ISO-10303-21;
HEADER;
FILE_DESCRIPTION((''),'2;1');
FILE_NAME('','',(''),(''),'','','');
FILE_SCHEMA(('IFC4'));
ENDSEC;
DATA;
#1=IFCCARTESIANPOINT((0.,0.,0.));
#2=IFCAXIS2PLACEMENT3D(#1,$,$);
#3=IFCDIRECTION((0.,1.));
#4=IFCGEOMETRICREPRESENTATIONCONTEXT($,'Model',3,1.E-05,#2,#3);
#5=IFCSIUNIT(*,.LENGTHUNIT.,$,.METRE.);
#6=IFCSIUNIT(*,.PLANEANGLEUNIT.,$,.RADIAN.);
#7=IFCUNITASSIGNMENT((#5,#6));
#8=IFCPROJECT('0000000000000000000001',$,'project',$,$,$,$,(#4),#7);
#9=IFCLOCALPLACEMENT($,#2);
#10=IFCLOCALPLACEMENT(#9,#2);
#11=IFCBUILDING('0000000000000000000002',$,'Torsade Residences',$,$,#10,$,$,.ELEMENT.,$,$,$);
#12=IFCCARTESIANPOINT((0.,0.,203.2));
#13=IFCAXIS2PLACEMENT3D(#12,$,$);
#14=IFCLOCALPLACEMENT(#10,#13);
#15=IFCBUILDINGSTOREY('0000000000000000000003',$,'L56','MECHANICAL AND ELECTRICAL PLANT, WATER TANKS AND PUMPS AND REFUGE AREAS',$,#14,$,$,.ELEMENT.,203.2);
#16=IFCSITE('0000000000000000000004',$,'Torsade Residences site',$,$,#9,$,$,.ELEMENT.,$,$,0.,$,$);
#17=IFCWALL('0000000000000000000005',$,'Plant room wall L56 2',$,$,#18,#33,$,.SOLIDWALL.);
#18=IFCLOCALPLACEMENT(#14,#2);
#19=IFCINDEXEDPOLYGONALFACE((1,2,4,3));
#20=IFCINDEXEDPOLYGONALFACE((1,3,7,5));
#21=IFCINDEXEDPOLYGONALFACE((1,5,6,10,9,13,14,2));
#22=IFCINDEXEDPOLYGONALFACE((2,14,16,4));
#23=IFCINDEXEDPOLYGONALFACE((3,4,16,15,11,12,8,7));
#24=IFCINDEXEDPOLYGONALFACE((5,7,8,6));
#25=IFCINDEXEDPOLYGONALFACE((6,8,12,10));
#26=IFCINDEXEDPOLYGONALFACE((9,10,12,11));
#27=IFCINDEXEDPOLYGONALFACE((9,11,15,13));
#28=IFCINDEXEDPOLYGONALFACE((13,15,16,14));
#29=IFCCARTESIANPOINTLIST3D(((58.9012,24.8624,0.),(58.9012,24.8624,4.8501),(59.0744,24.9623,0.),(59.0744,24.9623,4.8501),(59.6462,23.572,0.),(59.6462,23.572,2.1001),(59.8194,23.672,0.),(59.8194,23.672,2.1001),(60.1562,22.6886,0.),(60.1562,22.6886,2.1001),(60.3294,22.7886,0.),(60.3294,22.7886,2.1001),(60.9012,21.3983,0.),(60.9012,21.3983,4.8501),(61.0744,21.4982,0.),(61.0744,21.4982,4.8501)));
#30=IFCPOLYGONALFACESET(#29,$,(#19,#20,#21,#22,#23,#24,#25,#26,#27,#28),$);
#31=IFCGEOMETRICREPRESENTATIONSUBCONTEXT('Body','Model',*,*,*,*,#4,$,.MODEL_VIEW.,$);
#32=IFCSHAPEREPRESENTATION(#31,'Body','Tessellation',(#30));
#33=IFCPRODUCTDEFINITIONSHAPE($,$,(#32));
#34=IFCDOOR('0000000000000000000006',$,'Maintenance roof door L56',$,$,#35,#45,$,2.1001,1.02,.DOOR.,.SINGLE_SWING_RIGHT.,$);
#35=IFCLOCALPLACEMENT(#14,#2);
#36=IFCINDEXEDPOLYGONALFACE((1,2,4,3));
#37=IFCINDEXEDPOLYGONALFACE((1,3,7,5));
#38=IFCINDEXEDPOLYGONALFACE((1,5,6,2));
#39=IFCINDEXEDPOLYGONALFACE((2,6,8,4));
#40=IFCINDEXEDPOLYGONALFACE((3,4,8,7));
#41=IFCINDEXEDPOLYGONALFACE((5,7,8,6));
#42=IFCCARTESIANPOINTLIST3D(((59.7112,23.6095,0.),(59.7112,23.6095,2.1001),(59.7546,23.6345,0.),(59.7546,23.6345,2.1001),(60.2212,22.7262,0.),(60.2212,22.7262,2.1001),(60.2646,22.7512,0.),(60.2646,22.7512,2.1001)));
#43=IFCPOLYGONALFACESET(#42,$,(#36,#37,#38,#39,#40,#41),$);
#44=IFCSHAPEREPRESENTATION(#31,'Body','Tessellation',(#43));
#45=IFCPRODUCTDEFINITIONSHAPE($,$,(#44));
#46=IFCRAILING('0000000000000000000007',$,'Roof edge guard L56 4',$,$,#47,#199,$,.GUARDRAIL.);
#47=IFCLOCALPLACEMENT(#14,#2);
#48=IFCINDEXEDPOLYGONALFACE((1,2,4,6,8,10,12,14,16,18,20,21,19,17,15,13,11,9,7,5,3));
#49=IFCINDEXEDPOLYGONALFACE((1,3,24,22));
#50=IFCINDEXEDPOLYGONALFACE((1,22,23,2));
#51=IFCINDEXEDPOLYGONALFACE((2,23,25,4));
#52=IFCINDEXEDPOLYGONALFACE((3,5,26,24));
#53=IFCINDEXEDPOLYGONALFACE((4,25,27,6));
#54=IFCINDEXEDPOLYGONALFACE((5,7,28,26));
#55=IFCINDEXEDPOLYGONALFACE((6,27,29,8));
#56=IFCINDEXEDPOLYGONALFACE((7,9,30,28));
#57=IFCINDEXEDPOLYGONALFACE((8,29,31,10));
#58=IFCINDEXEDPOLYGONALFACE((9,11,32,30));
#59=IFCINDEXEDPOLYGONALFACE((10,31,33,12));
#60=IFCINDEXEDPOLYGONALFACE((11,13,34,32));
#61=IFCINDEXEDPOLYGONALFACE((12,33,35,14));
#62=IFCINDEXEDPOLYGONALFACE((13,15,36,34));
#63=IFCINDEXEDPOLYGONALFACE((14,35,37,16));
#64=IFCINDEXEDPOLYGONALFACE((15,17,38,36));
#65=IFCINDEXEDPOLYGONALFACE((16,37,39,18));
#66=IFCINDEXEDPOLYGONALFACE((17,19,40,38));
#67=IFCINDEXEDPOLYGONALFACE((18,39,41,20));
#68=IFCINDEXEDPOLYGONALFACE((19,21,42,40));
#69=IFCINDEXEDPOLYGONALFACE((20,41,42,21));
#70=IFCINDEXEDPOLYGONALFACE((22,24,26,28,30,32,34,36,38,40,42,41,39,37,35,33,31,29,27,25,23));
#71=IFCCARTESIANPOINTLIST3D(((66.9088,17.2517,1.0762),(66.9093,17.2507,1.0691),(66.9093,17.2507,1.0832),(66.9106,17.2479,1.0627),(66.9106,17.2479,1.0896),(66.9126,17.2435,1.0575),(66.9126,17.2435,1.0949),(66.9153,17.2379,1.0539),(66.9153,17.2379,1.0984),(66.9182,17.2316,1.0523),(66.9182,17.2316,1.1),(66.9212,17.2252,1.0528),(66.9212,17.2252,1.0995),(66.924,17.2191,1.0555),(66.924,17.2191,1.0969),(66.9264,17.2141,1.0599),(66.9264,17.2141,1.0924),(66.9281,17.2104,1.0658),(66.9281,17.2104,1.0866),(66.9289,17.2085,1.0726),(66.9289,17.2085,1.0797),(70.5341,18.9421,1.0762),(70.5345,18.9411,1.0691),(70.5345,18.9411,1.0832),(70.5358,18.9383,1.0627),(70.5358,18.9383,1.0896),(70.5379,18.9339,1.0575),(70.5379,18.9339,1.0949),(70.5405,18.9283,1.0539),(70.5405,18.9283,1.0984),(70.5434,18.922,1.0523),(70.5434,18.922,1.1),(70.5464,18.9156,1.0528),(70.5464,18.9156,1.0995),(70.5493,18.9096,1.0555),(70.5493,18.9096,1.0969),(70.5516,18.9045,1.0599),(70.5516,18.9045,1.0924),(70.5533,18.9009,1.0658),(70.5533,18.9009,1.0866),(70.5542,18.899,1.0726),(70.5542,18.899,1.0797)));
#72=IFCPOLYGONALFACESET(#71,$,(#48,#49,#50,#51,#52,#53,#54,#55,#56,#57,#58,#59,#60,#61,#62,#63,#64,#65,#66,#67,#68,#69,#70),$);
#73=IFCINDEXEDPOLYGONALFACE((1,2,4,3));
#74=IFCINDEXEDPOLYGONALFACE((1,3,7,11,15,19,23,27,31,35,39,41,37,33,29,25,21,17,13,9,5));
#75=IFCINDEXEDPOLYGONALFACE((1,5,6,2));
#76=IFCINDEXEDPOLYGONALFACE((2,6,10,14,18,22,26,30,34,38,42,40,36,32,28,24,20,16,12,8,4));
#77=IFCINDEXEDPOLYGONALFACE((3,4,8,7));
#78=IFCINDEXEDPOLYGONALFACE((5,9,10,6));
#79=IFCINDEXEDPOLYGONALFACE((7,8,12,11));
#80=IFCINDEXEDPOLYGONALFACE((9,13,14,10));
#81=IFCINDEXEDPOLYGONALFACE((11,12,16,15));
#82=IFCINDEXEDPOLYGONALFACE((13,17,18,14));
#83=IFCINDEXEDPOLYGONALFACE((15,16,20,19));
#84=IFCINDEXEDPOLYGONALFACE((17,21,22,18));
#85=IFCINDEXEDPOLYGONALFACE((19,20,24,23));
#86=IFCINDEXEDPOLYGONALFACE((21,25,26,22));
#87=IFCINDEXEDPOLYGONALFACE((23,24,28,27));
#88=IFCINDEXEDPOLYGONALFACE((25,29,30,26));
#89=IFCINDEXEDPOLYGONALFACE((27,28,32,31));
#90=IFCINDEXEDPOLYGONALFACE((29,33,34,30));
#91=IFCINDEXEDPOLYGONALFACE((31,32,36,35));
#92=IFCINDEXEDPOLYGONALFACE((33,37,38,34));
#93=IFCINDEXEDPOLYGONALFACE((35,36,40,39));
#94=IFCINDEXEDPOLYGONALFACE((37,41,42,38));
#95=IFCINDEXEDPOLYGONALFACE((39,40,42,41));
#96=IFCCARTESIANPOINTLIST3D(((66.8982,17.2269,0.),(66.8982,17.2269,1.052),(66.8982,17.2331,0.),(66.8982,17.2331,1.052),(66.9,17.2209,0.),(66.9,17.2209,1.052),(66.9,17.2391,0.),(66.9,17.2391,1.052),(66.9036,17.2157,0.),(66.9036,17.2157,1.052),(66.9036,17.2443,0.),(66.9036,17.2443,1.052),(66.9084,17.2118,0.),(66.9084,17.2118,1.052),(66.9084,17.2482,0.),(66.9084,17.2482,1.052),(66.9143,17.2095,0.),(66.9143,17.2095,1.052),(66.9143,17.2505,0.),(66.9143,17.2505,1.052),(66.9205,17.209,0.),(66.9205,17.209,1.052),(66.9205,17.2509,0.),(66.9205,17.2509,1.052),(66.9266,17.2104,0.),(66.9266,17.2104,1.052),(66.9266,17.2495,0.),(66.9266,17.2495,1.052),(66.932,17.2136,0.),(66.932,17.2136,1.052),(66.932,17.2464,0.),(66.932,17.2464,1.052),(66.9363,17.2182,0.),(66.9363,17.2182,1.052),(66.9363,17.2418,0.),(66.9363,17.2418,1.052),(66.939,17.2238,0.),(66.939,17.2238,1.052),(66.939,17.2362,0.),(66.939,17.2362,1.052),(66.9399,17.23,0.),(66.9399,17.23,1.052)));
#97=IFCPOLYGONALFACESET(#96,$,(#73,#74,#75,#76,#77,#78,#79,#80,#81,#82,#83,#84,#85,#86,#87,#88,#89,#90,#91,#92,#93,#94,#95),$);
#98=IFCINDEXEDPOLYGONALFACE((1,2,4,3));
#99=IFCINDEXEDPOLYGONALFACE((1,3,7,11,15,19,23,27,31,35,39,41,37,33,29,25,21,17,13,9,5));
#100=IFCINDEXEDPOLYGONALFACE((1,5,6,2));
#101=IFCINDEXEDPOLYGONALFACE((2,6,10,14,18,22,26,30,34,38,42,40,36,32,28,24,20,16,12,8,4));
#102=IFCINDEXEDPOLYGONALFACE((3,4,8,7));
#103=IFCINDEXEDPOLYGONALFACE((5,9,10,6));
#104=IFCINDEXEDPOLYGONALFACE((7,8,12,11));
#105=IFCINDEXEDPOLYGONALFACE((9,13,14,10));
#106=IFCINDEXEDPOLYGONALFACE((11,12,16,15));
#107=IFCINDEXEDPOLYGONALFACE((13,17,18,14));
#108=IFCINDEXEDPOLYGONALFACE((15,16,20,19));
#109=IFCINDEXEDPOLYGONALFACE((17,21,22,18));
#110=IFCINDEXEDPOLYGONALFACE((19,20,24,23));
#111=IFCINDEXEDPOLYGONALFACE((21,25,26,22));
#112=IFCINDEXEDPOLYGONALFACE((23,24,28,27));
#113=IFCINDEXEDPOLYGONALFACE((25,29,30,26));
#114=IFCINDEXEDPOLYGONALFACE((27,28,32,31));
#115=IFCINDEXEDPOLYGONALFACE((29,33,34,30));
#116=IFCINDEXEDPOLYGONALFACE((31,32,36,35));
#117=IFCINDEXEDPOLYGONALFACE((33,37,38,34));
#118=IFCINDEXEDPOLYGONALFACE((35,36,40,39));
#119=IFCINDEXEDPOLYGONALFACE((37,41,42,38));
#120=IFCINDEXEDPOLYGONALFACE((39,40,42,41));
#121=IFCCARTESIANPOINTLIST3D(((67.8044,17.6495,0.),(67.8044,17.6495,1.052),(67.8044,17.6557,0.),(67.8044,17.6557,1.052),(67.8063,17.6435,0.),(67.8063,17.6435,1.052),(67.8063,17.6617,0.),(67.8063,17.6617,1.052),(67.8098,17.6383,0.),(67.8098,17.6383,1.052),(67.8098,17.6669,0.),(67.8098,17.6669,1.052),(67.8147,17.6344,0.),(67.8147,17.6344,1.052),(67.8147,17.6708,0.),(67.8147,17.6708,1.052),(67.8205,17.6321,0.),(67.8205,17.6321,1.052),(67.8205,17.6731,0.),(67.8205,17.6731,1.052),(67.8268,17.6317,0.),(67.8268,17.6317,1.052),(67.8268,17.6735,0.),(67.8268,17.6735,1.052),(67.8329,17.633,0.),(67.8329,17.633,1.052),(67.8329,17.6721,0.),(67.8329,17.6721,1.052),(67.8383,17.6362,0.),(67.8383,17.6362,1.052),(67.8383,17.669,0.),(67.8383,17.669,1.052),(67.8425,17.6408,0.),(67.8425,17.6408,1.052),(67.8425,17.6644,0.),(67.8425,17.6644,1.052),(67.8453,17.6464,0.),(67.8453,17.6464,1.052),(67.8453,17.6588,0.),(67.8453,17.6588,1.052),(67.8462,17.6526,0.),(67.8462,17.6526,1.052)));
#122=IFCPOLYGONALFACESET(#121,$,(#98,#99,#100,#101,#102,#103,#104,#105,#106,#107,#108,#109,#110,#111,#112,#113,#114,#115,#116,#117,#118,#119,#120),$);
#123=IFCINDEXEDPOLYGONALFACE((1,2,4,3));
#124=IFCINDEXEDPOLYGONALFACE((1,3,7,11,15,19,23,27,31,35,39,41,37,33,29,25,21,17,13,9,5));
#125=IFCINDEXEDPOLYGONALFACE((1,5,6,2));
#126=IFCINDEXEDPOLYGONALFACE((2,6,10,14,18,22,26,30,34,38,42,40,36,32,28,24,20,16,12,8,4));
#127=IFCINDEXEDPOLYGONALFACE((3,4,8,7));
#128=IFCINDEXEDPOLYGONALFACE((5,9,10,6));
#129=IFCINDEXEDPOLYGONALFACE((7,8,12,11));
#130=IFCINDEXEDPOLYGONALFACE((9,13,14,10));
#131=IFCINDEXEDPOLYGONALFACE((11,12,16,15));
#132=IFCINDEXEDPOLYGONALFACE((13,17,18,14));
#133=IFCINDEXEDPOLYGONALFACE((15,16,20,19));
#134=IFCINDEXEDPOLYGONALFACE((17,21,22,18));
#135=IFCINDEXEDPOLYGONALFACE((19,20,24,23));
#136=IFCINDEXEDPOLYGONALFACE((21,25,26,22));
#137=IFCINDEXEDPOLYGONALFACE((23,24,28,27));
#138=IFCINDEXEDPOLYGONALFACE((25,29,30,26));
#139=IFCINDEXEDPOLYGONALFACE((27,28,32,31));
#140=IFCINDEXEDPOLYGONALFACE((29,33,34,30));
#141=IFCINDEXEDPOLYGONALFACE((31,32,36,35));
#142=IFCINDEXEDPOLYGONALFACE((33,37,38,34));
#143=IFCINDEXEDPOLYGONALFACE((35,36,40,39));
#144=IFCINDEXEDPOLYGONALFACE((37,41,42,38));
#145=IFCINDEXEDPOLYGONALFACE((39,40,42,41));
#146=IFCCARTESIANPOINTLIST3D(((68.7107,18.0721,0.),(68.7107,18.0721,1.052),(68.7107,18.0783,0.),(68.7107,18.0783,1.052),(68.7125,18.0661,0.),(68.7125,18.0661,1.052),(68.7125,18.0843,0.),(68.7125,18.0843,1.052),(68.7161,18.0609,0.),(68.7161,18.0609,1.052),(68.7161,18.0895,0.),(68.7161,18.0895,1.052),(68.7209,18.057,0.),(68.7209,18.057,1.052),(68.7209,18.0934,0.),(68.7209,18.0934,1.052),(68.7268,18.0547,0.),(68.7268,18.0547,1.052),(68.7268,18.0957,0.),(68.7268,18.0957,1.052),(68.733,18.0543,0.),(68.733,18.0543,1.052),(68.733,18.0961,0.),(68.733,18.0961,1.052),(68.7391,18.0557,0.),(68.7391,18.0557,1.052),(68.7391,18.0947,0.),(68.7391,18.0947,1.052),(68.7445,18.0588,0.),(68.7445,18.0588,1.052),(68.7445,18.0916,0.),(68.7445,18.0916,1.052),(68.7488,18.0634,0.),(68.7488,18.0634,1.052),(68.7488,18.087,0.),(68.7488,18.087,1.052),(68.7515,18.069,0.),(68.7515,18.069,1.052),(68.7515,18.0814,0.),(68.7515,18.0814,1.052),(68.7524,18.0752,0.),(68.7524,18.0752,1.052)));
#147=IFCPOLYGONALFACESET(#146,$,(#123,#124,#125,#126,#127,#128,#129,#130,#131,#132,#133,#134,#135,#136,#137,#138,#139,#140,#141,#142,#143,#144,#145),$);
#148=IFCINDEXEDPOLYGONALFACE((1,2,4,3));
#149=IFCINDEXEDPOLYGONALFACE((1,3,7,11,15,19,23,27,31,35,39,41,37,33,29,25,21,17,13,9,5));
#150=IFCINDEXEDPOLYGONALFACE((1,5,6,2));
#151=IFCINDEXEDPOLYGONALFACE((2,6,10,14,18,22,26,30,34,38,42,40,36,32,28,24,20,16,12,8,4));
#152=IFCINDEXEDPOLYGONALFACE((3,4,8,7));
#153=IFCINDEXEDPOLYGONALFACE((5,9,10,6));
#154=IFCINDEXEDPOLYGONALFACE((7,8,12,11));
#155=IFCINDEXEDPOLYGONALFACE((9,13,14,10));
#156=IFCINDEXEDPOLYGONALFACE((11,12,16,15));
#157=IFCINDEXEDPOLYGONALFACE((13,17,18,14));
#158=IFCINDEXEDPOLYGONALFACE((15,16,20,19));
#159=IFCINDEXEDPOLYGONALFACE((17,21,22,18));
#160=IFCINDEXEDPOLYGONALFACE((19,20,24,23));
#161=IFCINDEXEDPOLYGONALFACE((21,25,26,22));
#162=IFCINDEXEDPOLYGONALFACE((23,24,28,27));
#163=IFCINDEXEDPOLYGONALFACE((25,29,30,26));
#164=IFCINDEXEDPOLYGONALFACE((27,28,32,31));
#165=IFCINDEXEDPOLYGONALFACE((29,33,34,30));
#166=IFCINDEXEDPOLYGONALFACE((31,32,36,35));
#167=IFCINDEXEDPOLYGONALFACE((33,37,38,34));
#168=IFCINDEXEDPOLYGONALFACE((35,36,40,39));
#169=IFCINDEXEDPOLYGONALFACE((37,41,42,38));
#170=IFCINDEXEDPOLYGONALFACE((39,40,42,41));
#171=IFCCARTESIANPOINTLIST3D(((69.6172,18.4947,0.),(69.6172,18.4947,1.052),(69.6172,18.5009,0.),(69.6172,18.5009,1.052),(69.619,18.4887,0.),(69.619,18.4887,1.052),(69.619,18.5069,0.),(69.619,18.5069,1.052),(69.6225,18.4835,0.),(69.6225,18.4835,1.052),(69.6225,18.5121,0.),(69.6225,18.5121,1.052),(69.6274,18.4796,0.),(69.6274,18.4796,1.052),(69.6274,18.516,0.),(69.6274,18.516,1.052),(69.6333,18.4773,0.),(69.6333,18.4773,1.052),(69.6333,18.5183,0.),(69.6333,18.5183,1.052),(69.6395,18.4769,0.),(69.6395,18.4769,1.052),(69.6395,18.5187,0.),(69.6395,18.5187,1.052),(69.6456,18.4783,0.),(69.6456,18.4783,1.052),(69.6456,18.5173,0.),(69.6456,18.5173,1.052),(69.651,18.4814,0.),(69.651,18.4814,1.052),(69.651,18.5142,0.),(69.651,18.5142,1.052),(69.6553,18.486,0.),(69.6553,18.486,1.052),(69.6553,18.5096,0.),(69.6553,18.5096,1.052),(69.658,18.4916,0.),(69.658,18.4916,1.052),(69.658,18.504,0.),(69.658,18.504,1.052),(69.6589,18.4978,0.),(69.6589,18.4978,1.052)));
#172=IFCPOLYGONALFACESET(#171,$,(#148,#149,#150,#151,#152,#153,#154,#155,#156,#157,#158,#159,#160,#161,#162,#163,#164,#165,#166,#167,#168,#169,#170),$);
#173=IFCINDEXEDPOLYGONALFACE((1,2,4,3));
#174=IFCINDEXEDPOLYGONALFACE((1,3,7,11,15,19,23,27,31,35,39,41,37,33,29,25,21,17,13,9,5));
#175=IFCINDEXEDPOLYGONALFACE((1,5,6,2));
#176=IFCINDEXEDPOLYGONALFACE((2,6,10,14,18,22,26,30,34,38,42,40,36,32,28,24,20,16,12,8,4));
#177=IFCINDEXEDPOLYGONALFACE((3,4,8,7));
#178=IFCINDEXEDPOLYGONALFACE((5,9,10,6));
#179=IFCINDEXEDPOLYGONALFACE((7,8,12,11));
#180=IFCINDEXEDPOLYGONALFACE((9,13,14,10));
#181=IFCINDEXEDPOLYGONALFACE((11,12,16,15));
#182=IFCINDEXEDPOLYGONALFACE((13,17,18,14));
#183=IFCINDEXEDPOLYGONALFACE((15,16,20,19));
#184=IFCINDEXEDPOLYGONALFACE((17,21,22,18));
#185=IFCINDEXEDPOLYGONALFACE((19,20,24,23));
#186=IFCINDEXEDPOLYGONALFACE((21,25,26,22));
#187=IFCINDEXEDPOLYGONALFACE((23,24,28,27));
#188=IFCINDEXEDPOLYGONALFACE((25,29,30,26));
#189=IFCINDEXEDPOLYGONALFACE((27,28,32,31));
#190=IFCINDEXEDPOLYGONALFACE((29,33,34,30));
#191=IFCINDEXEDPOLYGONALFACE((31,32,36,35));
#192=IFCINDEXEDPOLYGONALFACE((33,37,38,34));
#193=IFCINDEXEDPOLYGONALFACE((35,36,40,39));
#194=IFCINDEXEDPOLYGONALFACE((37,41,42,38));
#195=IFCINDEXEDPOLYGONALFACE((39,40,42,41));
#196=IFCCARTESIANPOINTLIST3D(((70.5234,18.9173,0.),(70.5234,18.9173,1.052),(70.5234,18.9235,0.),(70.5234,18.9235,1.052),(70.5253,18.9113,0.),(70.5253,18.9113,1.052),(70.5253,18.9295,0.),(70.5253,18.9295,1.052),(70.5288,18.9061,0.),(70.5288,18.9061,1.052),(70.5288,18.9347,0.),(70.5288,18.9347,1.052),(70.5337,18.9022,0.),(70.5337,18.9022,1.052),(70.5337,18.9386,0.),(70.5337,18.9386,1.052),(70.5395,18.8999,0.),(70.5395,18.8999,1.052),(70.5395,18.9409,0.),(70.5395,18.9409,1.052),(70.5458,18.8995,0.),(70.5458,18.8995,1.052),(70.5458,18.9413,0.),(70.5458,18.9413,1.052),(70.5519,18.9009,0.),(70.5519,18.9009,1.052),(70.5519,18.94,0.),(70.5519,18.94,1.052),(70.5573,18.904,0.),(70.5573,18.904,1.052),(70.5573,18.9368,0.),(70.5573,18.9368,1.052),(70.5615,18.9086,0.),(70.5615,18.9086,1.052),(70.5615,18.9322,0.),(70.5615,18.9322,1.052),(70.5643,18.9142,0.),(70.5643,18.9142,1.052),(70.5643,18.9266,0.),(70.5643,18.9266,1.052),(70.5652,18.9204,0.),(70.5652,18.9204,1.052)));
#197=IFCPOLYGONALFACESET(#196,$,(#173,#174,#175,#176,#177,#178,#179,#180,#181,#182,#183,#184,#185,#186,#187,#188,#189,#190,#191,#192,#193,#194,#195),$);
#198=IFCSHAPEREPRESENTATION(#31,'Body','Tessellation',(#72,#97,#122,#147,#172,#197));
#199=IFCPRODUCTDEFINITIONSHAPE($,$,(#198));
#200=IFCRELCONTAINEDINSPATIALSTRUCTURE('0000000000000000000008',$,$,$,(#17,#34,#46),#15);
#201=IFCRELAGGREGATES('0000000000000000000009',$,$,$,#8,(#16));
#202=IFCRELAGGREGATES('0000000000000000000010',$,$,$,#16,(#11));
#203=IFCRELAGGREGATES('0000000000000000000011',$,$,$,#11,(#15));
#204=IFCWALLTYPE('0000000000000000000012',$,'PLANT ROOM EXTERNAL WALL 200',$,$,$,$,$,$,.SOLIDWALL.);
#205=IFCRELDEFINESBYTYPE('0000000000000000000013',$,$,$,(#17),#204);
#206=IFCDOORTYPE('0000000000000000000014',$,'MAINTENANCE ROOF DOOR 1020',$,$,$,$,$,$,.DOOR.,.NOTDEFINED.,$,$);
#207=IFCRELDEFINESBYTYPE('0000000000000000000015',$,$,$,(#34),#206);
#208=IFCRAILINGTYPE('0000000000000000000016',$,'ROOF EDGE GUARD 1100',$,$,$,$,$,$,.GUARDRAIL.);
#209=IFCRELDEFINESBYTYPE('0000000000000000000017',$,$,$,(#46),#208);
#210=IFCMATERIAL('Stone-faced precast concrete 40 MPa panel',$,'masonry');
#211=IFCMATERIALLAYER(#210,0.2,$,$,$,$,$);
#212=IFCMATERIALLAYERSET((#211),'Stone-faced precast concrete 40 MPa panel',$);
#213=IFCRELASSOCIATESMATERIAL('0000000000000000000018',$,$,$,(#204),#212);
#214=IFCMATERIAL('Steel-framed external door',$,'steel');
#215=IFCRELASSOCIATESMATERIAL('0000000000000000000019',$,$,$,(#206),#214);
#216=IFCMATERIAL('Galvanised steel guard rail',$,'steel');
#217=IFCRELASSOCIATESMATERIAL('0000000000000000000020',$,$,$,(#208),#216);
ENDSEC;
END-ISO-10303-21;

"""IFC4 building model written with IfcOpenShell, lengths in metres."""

from ifc_helpers import new_model, si_unit, direction, frame, frame_2d, origin, origin_2d, place, context, subcontext, project, spatial, rectangle, circle, extrude, material, layer, layer_set, type_object, element, fill, save


model = new_model("IFC4")

# Units and contexts
model_context = context("Model", 3, precision=1e-05, world=origin(), true_north=direction((0.0, 1.0)))
body_context = subcontext(model_context, "Body", "Model", "MODEL_VIEW")
ifc_project = project(units=[si_unit("LENGTHUNIT", "METRE"), si_unit("PLANEANGLEUNIT", "RADIAN")], contexts=[model_context])

# Site, building, storey
site_placement = place(None, origin())
site = spatial("IfcSite", under=ifc_project, at=site_placement, Name="Torsade Residences site", CompositionType="ELEMENT", RefElevation=0.0)
building_placement = place(site_placement, origin())
building = spatial("IfcBuilding", under=site, at=building_placement, Name="Torsade Residences", CompositionType="ELEMENT")
storey_placement = place(building_placement, frame((0.0, 0.0, 203.2)))
storey = spatial("IfcBuildingStorey", under=building, at=storey_placement, Name="L56", Description="MECHANICAL AND ELECTRICAL PLANT, WATER TANKS AND PUMPS AND REFUGE AREAS", CompositionType="ELEMENT", Elevation=203.2)

# Wall, opening, door
ifc_material_1 = material(Name="Stone-faced precast concrete 40 MPa panel", Category="masonry")
ifc_layer_1 = layer(ifc_material_1, 0.2)
ifc_layer_set_1 = layer_set([ifc_layer_1], Name="Stone-faced precast concrete 40 MPa panel")
wall_type = type_object("IfcWallType", Name="PLANT ROOM EXTERNAL WALL 200", PredefinedType="SOLIDWALL", material=ifc_layer_set_1)
wall_placement = place(storey_placement, frame((60.9878, 21.4482, 0.0), z_axis=(0.0, 0.0, 1.0), x_axis=(-0.499999, 0.866026, 0.0)))
wall = element("IfcWall", 1, at=wall_placement, inside=storey, type_object=wall_type, Name="Plant room wall L56 2", PredefinedType="SOLIDWALL", context=body_context, shape_type="SweptSolid", body=[
    extrude(rectangle(XDim=4.0, YDim=0.2, at=frame_2d((2.0, 0.0))), origin(), (0.0, 0.0, 1.0), 4.8501),
])
opening_placement = place(wall_placement, frame((1.49, 0.0, 0.0)))
opening = element("IfcOpeningElement", 2, at=opening_placement, cuts=wall, PredefinedType="OPENING", context=body_context, shape_type="SweptSolid", body=[
    extrude(rectangle(XDim=1.02, YDim=2.1001, at=frame_2d((0.51, 1.05))), frame((0.0, 0.1099, 0.0), z_axis=(0.0, -1.0, 0.0), x_axis=(1.0, 0.0, 0.0)), (0.0, 0.0, 1.0), 0.22),
])
ifc_material_2 = material(Name="Steel-framed external door", Category="steel")
door_type = type_object("IfcDoorType", Name="MAINTENANCE ROOF DOOR 1020", OperationType="NOTDEFINED", PredefinedType="DOOR", material=ifc_material_2)
door_placement = place(opening_placement, origin())
door = element("IfcDoor", 3, at=door_placement, inside=storey, type_object=door_type, Name="Maintenance roof door L56", OperationType="SINGLE_SWING_RIGHT", OverallHeight=2.1001, OverallWidth=1.02, PredefinedType="DOOR", context=body_context, shape_type="SweptSolid", body=[
    extrude(rectangle(XDim=1.02, YDim=2.1001, at=frame_2d((0.51, 1.05))), frame((0.0, 0.0249, 0.0), z_axis=(0.0, -1.0, 0.0), x_axis=(1.0, 0.0, 0.0)), (0.0, 0.0, 1.0), 0.05),
])
fill(opening, door)

# Railing
ifc_material_3 = material(Name="Galvanised steel guard rail", Category="steel")
railing_type = type_object("IfcRailingType", Name="ROOF EDGE GUARD 1100", PredefinedType="GUARDRAIL", material=ifc_material_3)
railing_1_placement = place(storey_placement, frame((66.9189, 17.23, 0.0)))
element("IfcRailing", 4, at=railing_1_placement, inside=storey, type_object=railing_type, Name="Roof edge guard L56 4", PredefinedType="GUARDRAIL", context=body_context, shape_type="SweptSolid", body=[
    extrude(circle(Radius=0.0239, at=origin_2d()), frame((0.0, 0.0, 1.0762), z_axis=(0.906313, 0.422608, 0.0), x_axis=(-0.422608, 0.906313, 0.0)), (0.0, 0.0, 1.0), 4.0),
    extrude(circle(Radius=0.021, at=origin_2d()), origin(), (0.0, 0.0, 1.0), 1.052),
    extrude(circle(Radius=0.021, at=origin_2d()), frame((0.9062, 0.4226, 0.0)), (0.0, 0.0, 1.0), 1.052),
    extrude(circle(Radius=0.021, at=origin_2d()), frame((1.8125, 0.8452, 0.0)), (0.0, 0.0, 1.0), 1.052),
    extrude(circle(Radius=0.021, at=origin_2d()), frame((2.719, 1.2678, 0.0)), (0.0, 0.0, 1.0), 1.052),
    extrude(circle(Radius=0.021, at=origin_2d()), frame((3.6252, 1.6904, 0.0)), (0.0, 0.0, 1.0), 1.052),
])

save(model, "model.ifc")
